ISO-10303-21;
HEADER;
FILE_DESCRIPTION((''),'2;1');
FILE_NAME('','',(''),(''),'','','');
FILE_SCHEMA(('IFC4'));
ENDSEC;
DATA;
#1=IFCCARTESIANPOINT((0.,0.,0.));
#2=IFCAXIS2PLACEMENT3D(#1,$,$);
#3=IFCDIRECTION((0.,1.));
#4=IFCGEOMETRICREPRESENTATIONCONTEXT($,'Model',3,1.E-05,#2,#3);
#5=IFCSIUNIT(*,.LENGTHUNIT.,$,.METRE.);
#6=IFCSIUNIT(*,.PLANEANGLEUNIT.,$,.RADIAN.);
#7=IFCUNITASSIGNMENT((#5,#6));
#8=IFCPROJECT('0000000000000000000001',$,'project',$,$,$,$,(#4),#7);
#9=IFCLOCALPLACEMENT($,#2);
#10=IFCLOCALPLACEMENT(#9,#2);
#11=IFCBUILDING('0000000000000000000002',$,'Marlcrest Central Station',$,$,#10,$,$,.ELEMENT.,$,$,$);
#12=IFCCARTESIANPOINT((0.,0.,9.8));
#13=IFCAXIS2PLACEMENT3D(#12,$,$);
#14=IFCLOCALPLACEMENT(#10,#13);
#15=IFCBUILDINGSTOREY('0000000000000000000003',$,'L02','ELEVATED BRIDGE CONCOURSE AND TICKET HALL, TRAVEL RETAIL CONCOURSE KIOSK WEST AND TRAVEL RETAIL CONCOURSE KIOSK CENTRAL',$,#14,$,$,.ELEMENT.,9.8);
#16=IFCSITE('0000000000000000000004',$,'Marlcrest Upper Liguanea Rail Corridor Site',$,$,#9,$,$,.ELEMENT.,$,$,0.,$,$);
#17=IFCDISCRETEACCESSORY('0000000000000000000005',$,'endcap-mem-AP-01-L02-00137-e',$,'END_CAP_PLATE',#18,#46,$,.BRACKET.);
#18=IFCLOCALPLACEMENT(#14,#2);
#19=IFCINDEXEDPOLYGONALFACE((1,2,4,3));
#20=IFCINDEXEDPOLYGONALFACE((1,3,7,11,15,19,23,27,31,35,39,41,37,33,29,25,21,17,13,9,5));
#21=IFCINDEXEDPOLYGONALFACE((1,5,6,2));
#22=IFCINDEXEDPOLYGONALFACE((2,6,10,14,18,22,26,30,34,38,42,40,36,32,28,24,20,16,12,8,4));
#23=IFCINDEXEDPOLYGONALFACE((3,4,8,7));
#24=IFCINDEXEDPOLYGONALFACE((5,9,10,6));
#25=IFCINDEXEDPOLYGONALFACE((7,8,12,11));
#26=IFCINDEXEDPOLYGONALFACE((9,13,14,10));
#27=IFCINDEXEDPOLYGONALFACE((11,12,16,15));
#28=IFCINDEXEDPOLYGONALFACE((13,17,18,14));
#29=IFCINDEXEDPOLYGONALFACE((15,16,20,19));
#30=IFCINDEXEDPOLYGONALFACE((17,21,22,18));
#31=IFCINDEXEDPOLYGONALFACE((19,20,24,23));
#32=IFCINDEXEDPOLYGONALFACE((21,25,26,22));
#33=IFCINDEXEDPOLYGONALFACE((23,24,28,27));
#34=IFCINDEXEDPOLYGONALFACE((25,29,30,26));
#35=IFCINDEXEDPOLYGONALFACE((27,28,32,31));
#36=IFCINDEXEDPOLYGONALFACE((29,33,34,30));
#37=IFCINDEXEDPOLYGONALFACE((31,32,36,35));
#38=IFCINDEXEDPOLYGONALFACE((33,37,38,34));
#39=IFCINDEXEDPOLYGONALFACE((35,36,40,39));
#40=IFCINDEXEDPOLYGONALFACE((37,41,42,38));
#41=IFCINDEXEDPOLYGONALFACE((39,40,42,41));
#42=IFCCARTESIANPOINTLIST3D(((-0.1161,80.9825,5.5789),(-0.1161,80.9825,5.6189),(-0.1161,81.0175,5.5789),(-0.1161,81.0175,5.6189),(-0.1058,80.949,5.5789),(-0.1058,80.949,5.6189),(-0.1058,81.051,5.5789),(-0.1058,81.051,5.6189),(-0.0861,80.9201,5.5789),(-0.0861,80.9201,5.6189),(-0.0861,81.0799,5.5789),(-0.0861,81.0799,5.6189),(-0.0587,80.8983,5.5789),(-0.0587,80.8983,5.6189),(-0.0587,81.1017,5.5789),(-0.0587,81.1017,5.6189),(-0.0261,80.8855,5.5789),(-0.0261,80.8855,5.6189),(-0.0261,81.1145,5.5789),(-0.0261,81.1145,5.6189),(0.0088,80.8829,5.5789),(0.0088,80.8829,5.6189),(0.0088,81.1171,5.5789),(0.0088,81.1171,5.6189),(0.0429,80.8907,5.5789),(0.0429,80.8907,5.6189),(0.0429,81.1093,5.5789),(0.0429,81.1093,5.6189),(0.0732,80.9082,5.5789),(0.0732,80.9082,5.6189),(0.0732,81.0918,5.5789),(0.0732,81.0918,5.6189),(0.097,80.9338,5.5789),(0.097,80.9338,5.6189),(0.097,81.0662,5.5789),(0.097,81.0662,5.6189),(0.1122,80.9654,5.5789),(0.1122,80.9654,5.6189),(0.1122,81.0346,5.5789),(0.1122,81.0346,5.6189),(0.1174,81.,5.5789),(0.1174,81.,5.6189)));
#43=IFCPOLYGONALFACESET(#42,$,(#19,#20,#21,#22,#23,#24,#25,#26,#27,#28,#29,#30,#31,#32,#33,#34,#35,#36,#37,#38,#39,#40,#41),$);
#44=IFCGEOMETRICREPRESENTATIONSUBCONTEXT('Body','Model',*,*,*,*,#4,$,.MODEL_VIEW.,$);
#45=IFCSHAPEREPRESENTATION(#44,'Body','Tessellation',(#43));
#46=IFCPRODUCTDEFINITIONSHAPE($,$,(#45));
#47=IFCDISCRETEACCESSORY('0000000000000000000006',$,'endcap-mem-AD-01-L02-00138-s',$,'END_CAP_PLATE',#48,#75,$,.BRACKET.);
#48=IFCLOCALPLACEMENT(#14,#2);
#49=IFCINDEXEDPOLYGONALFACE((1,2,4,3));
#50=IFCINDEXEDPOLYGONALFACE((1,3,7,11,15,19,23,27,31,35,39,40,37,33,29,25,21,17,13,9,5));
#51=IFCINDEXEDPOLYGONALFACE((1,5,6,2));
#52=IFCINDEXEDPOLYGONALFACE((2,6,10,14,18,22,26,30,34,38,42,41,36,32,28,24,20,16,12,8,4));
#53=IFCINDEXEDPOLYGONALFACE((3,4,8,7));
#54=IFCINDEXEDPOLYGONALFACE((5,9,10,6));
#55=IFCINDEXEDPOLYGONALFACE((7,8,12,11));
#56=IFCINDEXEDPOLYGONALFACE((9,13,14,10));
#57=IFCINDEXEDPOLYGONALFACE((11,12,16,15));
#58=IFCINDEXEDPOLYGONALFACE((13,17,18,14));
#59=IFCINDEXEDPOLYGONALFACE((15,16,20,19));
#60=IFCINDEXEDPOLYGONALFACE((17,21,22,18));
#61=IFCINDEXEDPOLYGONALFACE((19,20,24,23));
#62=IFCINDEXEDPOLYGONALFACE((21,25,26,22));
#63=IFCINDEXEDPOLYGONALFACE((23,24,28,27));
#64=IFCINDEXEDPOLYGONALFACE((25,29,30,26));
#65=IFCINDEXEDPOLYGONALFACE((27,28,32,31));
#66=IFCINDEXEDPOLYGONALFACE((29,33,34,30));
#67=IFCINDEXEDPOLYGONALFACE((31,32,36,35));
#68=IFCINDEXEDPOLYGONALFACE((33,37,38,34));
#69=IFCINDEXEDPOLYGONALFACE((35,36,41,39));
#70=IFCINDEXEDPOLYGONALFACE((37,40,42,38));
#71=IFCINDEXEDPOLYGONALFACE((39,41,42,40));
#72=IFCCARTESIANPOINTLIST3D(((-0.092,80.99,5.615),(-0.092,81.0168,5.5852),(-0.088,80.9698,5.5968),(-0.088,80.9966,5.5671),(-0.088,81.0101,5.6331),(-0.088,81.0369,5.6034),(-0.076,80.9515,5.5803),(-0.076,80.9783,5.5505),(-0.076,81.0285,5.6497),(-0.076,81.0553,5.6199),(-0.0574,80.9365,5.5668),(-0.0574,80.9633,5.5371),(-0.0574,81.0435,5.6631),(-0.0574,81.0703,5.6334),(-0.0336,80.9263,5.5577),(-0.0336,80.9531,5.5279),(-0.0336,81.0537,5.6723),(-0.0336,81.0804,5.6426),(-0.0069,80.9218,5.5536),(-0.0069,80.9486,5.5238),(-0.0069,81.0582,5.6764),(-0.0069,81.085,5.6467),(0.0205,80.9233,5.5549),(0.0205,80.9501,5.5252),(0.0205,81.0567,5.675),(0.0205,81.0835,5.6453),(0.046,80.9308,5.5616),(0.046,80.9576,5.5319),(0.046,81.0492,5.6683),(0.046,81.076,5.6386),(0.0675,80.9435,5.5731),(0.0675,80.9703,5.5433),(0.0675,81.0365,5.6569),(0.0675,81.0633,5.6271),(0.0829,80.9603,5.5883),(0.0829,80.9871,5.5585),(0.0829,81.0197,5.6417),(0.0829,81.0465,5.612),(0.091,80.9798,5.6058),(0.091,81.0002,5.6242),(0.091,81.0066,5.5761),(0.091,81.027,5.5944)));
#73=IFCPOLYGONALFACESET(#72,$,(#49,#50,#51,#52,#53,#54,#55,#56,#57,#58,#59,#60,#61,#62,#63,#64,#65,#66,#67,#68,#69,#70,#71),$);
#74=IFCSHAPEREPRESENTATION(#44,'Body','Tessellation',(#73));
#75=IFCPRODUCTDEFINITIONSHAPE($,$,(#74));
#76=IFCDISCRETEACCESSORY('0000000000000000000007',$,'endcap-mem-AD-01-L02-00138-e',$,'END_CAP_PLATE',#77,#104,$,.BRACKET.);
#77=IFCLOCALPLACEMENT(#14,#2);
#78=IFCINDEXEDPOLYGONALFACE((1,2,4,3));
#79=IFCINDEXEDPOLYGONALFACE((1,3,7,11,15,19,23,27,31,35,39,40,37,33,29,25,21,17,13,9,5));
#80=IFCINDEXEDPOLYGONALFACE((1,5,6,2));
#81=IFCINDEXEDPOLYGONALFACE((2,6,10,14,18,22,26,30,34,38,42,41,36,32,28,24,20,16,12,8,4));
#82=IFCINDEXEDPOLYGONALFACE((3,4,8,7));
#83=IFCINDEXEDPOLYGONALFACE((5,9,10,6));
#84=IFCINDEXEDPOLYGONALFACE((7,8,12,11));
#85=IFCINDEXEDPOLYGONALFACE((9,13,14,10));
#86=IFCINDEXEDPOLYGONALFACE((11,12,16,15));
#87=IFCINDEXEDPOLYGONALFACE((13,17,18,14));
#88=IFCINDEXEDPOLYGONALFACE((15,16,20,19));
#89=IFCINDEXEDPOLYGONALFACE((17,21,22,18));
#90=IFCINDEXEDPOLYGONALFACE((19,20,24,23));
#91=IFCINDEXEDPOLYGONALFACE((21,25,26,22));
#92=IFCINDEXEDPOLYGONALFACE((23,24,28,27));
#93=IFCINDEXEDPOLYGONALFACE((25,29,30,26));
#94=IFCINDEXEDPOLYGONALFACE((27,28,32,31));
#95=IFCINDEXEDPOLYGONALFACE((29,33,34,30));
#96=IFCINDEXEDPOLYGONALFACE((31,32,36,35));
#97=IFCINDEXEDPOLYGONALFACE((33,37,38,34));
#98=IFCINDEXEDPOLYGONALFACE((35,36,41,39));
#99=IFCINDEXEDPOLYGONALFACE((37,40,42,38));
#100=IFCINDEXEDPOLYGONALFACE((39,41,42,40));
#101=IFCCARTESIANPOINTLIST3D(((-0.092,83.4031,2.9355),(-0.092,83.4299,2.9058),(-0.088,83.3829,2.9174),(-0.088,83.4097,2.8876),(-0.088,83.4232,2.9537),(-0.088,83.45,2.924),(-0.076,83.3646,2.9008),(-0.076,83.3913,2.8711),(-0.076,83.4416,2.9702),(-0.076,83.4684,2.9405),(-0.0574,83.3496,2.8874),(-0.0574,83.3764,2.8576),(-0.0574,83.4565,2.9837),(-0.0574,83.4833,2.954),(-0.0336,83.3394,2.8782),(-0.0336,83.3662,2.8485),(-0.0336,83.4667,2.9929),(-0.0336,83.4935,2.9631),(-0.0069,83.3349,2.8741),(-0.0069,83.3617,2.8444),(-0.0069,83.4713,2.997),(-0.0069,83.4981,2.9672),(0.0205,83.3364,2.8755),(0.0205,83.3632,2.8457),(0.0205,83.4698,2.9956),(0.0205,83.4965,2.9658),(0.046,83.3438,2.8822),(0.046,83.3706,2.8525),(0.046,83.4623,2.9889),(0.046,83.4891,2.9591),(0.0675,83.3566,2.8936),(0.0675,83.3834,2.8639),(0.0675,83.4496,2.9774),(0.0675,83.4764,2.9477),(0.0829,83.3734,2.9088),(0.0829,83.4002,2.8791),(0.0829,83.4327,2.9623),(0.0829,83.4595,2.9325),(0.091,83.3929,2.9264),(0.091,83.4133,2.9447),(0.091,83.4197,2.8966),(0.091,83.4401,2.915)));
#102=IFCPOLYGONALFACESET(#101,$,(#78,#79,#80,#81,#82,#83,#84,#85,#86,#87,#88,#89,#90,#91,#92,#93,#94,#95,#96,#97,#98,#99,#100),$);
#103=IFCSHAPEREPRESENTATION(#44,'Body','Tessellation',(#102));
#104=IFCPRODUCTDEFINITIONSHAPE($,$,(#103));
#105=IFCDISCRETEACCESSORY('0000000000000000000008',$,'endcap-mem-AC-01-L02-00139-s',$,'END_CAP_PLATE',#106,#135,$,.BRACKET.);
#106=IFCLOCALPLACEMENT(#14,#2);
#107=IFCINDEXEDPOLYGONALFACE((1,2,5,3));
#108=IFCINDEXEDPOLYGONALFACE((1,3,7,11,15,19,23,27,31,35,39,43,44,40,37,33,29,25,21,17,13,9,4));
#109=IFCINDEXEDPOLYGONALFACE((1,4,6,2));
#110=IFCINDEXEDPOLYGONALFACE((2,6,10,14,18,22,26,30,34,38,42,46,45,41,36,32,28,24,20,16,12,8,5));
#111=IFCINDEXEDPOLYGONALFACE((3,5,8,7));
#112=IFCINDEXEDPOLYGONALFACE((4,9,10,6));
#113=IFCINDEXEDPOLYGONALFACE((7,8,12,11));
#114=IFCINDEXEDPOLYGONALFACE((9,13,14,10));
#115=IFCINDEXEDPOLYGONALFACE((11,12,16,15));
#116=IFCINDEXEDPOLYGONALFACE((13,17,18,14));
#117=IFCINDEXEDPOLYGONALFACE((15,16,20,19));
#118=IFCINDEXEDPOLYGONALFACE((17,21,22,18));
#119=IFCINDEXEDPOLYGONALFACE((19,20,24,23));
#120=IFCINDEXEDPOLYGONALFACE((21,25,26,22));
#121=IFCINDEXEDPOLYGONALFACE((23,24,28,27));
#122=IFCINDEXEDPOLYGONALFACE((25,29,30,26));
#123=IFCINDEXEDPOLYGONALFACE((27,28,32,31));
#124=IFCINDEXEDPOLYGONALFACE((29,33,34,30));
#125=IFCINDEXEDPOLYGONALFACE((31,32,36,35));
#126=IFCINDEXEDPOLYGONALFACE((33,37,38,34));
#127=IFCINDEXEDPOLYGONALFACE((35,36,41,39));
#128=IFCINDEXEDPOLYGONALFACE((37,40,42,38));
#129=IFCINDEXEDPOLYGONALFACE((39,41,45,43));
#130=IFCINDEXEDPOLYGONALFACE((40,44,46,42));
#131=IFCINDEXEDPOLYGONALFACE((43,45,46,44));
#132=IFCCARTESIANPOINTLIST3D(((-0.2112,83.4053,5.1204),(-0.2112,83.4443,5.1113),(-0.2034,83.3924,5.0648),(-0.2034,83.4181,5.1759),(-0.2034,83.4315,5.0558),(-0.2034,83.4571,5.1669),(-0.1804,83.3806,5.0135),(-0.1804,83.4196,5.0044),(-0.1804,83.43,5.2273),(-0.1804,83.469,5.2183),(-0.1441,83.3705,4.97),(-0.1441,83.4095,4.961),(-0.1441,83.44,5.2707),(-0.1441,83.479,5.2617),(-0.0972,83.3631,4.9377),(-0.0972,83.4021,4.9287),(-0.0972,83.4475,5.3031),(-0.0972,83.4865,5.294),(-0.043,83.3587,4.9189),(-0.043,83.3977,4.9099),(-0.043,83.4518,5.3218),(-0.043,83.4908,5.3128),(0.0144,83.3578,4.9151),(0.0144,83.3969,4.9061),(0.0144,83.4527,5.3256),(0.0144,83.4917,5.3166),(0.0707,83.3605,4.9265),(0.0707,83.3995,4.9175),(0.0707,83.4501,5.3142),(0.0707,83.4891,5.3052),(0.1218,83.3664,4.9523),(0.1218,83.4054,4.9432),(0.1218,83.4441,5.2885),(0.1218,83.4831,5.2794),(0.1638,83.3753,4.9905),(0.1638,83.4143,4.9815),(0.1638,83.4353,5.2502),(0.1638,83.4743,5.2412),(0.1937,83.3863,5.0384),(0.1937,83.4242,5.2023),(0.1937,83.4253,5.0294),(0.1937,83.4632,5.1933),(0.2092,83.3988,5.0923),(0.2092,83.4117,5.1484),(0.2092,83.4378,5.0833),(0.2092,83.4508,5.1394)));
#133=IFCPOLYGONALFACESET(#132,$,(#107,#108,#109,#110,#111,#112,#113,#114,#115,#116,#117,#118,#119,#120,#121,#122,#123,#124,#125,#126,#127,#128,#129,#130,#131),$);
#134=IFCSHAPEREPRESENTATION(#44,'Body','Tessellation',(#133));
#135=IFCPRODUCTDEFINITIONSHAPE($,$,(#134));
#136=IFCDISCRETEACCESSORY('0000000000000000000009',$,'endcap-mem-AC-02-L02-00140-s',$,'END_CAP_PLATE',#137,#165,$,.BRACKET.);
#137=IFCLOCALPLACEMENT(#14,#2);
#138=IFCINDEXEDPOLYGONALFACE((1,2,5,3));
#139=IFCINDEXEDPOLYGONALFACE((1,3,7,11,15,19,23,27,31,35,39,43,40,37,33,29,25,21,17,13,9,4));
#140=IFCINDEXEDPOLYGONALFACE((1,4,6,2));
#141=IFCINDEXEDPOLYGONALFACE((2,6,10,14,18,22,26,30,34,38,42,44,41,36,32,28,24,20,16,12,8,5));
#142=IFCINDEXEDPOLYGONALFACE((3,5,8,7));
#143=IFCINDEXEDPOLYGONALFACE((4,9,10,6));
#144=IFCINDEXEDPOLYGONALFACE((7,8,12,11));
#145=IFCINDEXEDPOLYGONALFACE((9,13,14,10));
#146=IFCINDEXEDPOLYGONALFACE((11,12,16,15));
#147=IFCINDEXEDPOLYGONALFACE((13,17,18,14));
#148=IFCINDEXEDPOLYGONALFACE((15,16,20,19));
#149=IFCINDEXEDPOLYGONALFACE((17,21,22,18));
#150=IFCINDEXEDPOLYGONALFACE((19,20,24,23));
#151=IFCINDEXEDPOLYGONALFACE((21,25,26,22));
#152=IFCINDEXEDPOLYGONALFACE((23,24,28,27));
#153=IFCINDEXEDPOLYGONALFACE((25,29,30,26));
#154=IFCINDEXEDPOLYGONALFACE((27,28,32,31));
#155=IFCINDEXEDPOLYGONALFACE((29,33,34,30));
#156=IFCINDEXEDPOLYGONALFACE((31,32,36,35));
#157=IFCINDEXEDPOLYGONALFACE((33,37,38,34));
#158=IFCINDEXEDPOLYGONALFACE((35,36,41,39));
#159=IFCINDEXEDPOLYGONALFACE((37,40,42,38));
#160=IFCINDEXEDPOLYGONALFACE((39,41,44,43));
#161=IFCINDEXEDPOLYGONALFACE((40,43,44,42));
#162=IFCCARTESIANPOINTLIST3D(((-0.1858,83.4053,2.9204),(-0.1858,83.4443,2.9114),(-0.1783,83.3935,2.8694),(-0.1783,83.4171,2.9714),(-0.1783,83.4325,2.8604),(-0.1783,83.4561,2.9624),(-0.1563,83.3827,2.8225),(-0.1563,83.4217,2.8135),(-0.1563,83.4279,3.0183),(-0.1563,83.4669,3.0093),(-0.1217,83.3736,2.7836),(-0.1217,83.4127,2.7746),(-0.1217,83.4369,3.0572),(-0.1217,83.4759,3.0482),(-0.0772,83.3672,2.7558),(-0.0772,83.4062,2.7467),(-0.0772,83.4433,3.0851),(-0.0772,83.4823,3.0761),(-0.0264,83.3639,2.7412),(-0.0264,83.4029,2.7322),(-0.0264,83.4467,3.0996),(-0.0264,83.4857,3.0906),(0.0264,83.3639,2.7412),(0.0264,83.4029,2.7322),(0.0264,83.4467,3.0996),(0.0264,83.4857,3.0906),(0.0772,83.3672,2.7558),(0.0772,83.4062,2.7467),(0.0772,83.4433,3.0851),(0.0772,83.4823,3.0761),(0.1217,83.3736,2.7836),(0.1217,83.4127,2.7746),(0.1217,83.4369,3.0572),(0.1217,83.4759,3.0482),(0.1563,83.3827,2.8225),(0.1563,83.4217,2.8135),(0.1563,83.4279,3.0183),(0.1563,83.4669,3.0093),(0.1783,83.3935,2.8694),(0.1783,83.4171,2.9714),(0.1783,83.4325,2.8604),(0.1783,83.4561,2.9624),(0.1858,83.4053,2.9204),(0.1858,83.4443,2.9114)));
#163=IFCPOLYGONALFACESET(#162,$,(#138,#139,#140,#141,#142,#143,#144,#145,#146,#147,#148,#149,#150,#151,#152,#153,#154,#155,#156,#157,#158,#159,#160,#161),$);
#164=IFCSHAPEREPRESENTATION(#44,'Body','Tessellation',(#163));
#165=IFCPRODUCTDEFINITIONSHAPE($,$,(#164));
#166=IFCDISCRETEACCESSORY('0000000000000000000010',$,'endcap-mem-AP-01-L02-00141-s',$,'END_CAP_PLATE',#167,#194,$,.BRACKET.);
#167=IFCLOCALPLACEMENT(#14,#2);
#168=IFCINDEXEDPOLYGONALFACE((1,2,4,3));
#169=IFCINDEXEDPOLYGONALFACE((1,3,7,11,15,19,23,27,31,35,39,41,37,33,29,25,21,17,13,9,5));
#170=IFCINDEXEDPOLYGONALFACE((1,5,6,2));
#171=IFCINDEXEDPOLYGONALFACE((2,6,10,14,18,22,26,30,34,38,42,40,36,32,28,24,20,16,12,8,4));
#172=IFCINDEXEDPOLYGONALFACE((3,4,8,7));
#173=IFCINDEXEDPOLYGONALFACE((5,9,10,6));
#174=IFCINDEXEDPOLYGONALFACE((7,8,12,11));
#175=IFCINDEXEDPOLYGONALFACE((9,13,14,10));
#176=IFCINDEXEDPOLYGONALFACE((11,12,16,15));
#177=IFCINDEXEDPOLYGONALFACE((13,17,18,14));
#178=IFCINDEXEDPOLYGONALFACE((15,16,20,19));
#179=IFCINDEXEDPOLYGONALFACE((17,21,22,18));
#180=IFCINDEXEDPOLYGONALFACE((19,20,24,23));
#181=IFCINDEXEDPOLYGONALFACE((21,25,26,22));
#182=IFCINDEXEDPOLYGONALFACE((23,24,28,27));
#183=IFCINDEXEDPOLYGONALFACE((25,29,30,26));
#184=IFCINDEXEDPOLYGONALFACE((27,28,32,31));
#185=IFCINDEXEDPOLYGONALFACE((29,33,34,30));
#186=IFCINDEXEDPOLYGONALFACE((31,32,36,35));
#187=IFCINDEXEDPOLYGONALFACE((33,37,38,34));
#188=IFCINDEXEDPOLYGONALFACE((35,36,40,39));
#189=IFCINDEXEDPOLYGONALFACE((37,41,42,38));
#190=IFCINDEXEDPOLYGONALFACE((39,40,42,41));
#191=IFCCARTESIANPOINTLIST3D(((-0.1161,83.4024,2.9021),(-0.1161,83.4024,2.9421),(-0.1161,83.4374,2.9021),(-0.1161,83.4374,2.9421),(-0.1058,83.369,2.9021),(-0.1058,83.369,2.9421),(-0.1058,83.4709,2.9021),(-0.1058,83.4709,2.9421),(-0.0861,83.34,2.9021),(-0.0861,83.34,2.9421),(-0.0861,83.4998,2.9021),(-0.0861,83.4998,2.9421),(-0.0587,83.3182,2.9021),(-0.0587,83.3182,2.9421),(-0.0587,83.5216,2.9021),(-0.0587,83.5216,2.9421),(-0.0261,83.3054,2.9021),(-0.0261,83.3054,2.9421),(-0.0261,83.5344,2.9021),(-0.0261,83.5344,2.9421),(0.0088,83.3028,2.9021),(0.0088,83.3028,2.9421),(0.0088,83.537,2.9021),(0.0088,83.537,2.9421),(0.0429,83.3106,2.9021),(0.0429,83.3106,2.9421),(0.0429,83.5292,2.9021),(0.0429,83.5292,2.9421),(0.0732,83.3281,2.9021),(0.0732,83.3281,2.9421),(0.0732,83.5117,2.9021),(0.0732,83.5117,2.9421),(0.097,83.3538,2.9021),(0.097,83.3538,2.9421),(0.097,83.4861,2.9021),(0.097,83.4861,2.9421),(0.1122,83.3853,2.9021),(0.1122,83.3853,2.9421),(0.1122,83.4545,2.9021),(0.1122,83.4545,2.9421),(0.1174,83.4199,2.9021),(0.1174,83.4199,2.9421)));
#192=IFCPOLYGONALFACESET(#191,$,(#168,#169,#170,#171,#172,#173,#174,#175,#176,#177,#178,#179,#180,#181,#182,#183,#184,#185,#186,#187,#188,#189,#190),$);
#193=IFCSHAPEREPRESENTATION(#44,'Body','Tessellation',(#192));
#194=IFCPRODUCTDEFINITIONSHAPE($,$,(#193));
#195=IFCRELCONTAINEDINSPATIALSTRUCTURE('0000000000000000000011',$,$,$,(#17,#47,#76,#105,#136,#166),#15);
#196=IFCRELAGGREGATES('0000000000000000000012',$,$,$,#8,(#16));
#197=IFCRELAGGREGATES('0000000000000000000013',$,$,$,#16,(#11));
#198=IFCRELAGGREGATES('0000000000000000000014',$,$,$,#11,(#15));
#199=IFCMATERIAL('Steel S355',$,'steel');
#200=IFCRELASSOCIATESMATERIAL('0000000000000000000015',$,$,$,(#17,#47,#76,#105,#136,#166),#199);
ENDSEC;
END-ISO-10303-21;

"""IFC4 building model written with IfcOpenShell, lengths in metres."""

from ifc_helpers import new_model, si_unit, direction, frame, origin, origin_2d, place, context, subcontext, project, spatial, circle, extrude, material, element, save


model = new_model("IFC4")

# Units and contexts
model_context = context("Model", 3, precision=1e-05, world=origin(), true_north=direction((0.0, 1.0)))
body_context = subcontext(model_context, "Body", "Model", "MODEL_VIEW")
ifc_project = project(units=[si_unit("LENGTHUNIT", "METRE"), si_unit("PLANEANGLEUNIT", "RADIAN")], contexts=[model_context])

# Site, building, storey
site_placement = place(None, origin())
site = spatial("IfcSite", under=ifc_project, at=site_placement, Name="Marlcrest Upper Liguanea Rail Corridor Site", CompositionType="ELEMENT", RefElevation=0.0)
building_placement = place(site_placement, origin())
building = spatial("IfcBuilding", under=site, at=building_placement, Name="Marlcrest Central Station", CompositionType="ELEMENT")
storey_placement = place(building_placement, frame((0.0, 0.0, 9.8)))
storey = spatial("IfcBuildingStorey", under=building, at=storey_placement, Name="L02", Description="ELEVATED BRIDGE CONCOURSE AND TICKET HALL, TRAVEL RETAIL CONCOURSE KIOSK WEST AND TRAVEL RETAIL CONCOURSE KIOSK CENTRAL", CompositionType="ELEMENT", Elevation=9.8)

# Shared definitions
ifc_material_1 = material(Name="Steel S355", Category="steel")

# Discrete accessories
for number, where, z_axis, x_axis, name in (
    (1, (0.0, 81.0, 5.5789), (0.0, 0.0, 1.0), (1.0, 0.0, 0.0), "endcap-mem-AP-01-L02-00137-e"),
):
    element("IfcDiscreteAccessory", number, at=place(storey_placement, frame(where, z_axis=z_axis, x_axis=x_axis)), inside=storey, material=ifc_material_1, Name=name, ObjectType="END_CAP_PLATE", PredefinedType="BRACKET", context=body_context, shape_type="SweptSolid", body=[
        extrude(circle(Radius=0.1174, at=origin_2d()), origin(), (0.0, 0.0, 1.0), 0.04),
    ])
for number, where, z_axis, x_axis, name in (
    (2, (0.0, 80.99, 5.615), (0.0, 0.669244, -0.743042), (-1.0, 0.0, 0.0), "endcap-mem-AD-01-L02-00138-s"),
    (3, (0.0, 83.4031, 2.9355), (0.0, 0.669244, -0.743042), (-1.0, 0.0, 0.0), "endcap-mem-AD-01-L02-00138-e"),
):
    element("IfcDiscreteAccessory", number, at=place(storey_placement, frame(where, z_axis=z_axis, x_axis=x_axis)), inside=storey, material=ifc_material_1, Name=name, ObjectType="END_CAP_PLATE", PredefinedType="BRACKET", context=body_context, shape_type="SweptSolid", body=[
        extrude(circle(Radius=0.092, at=origin_2d()), origin(), (0.0, 0.0, 1.0), 0.04),
    ])
discrete_accessory_1_placement = place(storey_placement, frame((0.0, 83.4053, 5.1204), z_axis=(0.0, 0.97433, -0.225126), x_axis=(-1.0, 0.0, 0.0)))
element("IfcDiscreteAccessory", 4, at=discrete_accessory_1_placement, inside=storey, material=ifc_material_1, Name="endcap-mem-AC-01-L02-00139-s", ObjectType="END_CAP_PLATE", PredefinedType="BRACKET", context=body_context, shape_type="SweptSolid", body=[
    extrude(circle(Radius=0.2112, at=origin_2d()), origin(), (0.0, 0.0, 1.0), 0.04),
])
discrete_accessory_2_placement = place(storey_placement, frame((0.0, 83.4053, 2.9204), z_axis=(0.0, 0.974308, -0.22522), x_axis=(-1.0, 0.0, 0.0)))
element("IfcDiscreteAccessory", 5, at=discrete_accessory_2_placement, inside=storey, material=ifc_material_1, Name="endcap-mem-AC-02-L02-00140-s", ObjectType="END_CAP_PLATE", PredefinedType="BRACKET", context=body_context, shape_type="SweptSolid", body=[
    extrude(circle(Radius=0.1858, at=origin_2d()), origin(), (0.0, 0.0, 1.0), 0.04),
])
discrete_accessory_3_placement = place(storey_placement, frame((0.0, 83.4199, 2.9021), z_axis=(0.0, 0.0, 1.0), x_axis=(1.0, 0.0, 0.0)))
element("IfcDiscreteAccessory", 6, at=discrete_accessory_3_placement, inside=storey, material=ifc_material_1, Name="endcap-mem-AP-01-L02-00141-s", ObjectType="END_CAP_PLATE", PredefinedType="BRACKET", context=body_context, shape_type="SweptSolid", body=[
    extrude(circle(Radius=0.1174, at=origin_2d()), origin(), (0.0, 0.0, 1.0), 0.04),
])

save(model, "model.ifc")
